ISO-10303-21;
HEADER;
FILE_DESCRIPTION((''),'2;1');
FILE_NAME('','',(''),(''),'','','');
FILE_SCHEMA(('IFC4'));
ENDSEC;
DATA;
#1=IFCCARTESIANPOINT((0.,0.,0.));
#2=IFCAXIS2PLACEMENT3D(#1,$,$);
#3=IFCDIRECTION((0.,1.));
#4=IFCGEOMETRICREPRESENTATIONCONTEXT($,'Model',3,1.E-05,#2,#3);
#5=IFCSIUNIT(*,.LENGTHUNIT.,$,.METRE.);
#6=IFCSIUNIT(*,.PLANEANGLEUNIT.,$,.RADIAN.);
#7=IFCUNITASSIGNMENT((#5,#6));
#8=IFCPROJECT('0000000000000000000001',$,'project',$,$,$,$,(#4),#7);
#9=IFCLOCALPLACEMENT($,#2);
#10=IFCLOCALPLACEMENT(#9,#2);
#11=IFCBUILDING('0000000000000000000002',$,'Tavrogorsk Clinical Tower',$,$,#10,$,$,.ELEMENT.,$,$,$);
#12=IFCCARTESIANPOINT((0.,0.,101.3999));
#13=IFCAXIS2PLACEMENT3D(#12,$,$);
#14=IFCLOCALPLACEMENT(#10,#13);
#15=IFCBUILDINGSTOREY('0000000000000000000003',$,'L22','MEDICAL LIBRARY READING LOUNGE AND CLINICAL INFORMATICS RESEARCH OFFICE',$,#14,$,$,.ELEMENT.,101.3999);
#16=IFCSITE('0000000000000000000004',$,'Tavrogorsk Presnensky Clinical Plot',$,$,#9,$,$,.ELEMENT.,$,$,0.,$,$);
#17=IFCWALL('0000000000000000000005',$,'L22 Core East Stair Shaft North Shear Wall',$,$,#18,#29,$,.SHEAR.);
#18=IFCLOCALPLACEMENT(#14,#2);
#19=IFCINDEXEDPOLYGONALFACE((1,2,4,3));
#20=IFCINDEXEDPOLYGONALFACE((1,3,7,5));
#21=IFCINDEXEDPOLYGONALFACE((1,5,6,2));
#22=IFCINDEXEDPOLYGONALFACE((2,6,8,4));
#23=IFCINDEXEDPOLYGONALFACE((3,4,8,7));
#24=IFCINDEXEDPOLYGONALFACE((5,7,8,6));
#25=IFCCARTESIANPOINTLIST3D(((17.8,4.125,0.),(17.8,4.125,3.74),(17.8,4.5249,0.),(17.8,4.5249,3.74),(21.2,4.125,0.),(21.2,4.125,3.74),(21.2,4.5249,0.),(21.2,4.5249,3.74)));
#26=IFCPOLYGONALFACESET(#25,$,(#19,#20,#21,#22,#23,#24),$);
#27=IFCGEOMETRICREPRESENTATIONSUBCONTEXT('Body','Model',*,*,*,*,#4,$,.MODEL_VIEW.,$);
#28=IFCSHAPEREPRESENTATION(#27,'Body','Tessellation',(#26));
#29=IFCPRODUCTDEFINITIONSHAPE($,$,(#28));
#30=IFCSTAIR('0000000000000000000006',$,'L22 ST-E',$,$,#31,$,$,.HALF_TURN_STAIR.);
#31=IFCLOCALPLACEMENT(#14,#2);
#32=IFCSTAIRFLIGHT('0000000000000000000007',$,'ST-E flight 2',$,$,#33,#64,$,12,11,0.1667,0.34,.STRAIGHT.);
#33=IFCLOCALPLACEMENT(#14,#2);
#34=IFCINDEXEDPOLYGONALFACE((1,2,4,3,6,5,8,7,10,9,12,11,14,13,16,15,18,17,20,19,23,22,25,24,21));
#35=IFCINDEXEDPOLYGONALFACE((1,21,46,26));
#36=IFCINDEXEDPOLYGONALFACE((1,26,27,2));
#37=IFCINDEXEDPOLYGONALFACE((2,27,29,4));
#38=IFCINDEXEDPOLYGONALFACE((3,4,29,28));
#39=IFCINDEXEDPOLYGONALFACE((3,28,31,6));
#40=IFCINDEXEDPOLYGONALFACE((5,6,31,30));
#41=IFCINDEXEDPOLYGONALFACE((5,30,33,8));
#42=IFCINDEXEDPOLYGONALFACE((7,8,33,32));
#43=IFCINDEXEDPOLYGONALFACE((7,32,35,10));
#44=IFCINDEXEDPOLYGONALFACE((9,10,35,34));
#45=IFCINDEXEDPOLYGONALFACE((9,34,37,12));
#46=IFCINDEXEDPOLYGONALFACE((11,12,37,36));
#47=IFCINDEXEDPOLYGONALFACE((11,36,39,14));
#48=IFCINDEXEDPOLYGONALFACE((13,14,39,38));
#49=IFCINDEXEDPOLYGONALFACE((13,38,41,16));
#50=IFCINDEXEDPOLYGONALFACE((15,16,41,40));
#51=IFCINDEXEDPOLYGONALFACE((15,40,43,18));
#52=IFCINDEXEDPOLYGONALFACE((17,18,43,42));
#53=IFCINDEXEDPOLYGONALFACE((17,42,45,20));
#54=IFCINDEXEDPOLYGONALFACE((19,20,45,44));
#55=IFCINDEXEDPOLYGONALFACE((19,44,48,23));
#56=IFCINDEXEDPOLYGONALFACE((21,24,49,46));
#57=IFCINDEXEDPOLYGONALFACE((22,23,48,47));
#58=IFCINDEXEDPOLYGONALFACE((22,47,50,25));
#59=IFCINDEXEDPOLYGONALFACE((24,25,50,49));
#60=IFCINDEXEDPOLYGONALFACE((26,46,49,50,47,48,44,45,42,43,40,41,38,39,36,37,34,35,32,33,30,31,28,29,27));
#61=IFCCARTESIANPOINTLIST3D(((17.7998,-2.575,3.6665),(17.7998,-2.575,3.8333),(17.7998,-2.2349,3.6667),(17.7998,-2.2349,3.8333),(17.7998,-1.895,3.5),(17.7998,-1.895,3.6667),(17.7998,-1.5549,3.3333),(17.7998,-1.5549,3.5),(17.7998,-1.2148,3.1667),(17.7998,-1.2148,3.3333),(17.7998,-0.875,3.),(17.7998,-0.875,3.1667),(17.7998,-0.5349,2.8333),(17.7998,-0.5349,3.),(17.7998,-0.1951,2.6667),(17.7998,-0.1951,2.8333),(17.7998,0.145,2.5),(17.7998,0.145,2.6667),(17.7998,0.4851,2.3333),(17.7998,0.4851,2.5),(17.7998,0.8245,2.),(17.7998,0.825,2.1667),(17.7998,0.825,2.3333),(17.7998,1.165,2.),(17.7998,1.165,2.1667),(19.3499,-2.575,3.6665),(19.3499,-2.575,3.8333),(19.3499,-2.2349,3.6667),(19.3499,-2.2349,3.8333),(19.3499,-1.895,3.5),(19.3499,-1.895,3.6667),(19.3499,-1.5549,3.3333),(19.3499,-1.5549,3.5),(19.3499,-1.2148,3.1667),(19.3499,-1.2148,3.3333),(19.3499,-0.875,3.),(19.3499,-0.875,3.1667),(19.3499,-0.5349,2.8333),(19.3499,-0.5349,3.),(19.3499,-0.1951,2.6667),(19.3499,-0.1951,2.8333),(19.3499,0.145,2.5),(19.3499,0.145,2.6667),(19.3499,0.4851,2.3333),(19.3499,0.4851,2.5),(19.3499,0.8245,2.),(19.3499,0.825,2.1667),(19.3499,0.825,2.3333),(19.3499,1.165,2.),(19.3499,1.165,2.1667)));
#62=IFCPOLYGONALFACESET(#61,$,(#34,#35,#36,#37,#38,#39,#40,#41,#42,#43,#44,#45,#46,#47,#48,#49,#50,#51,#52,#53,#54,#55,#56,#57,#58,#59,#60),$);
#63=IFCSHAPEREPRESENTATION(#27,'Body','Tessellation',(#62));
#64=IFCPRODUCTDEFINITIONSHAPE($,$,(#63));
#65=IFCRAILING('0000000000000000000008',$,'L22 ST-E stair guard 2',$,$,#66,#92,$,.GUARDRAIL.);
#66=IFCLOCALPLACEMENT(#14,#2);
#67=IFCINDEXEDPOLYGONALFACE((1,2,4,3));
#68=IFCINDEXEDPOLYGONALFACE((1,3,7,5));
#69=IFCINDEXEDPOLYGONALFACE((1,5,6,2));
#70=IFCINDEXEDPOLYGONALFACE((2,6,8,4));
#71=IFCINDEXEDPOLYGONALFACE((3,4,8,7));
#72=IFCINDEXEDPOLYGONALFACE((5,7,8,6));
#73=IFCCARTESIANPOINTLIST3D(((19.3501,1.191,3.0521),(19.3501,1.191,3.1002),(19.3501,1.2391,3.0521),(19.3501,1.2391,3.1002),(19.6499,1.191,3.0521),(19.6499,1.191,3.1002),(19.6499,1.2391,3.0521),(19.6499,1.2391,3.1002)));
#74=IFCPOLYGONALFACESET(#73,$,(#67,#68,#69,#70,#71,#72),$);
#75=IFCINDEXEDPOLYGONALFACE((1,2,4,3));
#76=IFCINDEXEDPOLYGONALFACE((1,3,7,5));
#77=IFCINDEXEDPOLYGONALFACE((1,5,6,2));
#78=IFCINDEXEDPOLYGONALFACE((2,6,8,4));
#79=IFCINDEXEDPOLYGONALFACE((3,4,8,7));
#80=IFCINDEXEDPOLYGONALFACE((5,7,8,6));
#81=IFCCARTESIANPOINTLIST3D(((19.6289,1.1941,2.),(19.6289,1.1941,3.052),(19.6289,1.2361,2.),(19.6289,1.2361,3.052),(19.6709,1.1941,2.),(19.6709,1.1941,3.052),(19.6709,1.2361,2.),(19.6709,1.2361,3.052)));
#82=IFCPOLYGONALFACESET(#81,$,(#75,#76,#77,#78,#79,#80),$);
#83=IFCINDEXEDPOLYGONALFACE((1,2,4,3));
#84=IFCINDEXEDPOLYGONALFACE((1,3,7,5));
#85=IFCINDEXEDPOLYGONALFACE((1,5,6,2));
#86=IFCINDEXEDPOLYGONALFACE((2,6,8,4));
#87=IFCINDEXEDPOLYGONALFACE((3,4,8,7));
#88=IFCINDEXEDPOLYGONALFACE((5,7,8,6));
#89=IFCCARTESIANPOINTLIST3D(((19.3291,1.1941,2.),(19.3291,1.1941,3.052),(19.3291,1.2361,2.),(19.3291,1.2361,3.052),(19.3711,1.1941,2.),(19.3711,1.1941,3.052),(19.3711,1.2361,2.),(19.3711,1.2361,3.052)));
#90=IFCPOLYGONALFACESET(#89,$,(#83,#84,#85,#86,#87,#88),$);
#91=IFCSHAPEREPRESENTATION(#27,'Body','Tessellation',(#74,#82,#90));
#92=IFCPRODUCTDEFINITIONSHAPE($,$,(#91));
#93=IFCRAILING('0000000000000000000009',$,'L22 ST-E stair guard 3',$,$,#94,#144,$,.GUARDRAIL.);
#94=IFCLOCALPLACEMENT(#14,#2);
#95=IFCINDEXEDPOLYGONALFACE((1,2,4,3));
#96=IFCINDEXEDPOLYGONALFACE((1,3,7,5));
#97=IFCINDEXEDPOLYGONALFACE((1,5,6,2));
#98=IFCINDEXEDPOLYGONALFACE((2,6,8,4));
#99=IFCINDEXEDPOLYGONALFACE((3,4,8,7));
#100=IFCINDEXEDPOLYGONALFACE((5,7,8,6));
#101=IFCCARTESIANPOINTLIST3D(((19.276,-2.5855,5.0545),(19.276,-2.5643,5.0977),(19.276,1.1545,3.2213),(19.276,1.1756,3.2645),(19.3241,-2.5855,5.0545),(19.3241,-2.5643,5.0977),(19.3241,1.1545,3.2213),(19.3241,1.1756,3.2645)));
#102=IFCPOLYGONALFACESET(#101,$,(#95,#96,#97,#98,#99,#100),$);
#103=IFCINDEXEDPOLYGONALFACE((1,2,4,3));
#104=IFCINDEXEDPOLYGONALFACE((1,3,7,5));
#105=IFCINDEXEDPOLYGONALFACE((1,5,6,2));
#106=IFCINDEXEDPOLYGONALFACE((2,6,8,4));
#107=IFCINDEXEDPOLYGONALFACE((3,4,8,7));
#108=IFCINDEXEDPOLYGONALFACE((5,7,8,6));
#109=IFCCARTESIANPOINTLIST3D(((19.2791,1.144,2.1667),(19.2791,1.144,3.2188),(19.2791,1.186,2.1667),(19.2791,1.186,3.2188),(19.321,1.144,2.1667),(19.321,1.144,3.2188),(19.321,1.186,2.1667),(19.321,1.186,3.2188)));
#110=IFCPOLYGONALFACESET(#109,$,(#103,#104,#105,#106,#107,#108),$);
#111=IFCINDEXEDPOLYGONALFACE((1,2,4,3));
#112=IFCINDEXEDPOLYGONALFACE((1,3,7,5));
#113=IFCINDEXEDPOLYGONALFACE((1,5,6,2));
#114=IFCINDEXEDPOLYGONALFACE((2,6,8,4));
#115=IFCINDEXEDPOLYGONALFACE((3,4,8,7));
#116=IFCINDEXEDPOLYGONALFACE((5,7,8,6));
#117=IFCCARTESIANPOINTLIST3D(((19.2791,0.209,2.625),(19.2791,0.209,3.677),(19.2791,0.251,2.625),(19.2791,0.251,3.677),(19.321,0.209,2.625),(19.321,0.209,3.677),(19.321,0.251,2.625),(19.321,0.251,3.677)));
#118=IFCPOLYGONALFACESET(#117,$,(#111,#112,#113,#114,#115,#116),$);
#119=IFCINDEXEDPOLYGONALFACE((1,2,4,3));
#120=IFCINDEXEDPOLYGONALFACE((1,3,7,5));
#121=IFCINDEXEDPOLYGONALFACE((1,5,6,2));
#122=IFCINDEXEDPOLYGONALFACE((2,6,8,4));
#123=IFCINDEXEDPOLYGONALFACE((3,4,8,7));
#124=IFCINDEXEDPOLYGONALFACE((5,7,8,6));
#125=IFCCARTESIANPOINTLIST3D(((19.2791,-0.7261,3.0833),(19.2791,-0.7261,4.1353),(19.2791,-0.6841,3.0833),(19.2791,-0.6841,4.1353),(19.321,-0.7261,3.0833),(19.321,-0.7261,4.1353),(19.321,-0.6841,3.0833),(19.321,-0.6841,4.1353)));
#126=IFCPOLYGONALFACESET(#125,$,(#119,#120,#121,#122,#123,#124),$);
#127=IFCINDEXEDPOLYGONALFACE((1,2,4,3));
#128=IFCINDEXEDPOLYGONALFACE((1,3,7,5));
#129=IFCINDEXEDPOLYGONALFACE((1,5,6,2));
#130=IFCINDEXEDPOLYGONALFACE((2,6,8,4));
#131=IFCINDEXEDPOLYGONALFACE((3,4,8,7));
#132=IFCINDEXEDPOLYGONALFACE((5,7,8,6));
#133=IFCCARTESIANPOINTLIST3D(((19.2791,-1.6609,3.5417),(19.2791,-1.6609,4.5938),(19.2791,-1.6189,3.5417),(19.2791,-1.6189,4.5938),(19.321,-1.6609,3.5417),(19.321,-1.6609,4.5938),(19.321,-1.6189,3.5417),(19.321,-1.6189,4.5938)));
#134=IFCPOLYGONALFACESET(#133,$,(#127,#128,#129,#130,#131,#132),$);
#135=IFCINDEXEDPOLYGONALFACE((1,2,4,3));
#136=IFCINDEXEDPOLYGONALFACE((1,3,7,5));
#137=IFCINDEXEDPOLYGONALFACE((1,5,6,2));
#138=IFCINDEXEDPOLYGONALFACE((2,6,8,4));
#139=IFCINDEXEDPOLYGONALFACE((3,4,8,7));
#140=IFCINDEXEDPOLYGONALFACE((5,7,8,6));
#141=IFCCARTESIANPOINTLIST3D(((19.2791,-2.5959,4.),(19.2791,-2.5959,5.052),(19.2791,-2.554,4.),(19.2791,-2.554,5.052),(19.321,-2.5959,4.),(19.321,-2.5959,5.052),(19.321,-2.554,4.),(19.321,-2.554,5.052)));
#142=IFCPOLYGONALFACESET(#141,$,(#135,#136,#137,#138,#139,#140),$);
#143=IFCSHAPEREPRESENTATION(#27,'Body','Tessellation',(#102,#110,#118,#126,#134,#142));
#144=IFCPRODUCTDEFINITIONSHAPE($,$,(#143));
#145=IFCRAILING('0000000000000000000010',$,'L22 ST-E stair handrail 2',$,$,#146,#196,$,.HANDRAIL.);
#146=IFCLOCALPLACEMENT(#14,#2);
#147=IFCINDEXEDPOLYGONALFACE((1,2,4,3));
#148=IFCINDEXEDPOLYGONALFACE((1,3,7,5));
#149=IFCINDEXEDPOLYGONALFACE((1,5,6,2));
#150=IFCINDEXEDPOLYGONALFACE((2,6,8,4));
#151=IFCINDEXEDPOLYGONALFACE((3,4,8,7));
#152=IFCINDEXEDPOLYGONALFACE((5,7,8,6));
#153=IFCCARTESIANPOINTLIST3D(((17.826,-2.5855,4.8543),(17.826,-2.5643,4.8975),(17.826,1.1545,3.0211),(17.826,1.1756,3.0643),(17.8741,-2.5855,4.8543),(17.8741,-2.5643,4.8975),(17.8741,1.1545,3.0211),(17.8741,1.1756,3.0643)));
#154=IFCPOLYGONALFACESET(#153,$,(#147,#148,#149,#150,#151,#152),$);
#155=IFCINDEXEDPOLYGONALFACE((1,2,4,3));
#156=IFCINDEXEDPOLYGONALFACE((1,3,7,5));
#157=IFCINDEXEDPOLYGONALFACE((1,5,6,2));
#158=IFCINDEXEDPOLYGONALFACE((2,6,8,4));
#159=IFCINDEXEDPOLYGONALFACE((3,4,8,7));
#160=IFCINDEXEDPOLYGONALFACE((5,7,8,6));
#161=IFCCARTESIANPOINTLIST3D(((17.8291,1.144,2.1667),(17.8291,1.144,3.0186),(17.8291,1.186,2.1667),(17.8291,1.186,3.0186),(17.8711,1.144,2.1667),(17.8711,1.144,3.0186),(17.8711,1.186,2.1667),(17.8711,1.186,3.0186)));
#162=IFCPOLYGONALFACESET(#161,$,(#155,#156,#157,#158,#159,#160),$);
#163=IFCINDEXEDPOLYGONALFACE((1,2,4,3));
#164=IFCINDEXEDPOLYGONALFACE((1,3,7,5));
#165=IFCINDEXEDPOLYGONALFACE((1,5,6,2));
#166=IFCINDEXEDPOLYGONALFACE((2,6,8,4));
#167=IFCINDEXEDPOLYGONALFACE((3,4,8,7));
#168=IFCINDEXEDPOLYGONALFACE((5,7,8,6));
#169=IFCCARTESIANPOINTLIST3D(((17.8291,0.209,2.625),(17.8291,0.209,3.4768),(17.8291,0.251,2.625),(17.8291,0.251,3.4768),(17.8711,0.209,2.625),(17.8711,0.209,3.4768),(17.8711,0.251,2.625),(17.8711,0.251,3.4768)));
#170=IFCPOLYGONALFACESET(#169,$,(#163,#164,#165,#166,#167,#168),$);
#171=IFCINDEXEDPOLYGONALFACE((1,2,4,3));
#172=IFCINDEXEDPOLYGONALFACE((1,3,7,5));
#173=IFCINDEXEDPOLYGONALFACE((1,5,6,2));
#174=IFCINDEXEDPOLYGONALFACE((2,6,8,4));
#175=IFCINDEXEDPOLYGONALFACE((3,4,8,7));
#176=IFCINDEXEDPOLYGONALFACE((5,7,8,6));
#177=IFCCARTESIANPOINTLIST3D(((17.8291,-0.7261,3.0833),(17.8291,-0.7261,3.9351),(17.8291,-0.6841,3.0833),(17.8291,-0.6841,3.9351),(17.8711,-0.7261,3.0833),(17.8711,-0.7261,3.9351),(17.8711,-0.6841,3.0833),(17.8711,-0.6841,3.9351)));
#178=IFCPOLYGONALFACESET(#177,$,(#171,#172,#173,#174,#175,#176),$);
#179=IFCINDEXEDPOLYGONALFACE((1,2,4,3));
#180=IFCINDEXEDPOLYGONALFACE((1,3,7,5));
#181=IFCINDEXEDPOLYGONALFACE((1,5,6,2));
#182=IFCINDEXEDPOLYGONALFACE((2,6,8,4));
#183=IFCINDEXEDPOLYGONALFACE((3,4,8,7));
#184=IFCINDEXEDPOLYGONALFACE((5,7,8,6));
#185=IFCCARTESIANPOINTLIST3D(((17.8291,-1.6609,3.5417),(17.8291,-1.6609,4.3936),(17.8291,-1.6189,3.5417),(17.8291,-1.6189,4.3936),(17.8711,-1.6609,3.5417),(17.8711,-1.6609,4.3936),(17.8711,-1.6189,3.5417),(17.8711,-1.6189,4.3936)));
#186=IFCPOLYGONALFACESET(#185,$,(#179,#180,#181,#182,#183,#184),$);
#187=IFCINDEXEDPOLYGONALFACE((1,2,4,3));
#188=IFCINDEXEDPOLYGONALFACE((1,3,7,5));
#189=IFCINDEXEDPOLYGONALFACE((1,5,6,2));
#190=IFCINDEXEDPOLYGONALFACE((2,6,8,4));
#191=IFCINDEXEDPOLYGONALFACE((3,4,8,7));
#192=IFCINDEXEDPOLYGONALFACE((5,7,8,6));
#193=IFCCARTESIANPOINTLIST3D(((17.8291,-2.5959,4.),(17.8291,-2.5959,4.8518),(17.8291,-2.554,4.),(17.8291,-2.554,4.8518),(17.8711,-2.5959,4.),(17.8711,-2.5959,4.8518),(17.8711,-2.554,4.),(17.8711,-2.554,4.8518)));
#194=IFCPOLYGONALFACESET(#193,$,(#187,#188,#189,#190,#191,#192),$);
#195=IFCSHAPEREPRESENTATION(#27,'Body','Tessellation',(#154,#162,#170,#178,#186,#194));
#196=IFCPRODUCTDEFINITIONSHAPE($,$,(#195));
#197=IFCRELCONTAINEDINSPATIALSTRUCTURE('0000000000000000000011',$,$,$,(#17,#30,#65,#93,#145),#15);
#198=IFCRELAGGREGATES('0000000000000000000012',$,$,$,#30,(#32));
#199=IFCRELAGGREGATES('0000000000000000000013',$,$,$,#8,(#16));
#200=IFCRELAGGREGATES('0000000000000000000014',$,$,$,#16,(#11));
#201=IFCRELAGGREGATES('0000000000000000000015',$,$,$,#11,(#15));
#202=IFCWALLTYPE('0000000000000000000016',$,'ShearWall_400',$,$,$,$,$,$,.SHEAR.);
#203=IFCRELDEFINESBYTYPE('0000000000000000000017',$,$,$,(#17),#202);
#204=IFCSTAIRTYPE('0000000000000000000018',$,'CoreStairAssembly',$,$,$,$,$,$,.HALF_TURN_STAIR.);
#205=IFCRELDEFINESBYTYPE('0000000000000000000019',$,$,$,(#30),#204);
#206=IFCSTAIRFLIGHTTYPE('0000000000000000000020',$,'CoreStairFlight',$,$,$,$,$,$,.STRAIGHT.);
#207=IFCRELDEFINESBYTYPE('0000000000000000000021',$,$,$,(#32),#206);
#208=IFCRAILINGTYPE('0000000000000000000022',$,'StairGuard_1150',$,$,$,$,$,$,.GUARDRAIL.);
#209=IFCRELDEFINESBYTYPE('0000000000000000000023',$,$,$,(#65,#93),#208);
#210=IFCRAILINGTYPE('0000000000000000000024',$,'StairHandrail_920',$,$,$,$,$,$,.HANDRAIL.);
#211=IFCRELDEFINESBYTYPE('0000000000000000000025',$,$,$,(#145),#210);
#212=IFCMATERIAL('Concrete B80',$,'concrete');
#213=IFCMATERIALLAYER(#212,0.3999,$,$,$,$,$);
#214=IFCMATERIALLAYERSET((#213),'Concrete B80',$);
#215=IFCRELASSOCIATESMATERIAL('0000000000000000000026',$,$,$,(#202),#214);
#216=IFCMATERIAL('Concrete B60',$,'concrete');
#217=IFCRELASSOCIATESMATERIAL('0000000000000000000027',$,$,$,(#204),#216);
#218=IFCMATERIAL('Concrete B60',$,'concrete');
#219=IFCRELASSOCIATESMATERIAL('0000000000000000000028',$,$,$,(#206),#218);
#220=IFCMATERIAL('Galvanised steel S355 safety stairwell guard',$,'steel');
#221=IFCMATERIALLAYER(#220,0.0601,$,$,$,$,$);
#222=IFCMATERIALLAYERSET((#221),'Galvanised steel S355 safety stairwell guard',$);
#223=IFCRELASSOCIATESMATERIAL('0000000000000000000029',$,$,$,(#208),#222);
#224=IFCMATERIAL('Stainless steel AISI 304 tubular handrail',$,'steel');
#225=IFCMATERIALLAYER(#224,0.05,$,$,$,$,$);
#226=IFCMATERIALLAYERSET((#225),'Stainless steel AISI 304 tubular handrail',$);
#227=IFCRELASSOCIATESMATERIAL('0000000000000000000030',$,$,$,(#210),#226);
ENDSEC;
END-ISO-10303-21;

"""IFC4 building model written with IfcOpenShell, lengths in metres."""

from ifc_helpers import new_model, si_unit, direction, frame, frame_2d, origin, origin_2d, place, context, subcontext, project, spatial, polyline, rectangle, outline, extrude, material, layer, layer_set, type_object, element, aggregate, save


model = new_model("IFC4")

# Units and contexts
model_context = context("Model", 3, precision=1e-05, world=origin(), true_north=direction((0.0, 1.0)))
body_context = subcontext(model_context, "Body", "Model", "MODEL_VIEW")
ifc_project = project(units=[si_unit("LENGTHUNIT", "METRE"), si_unit("PLANEANGLEUNIT", "RADIAN")], contexts=[model_context])

# Site, building, storey
site_placement = place(None, origin())
site = spatial("IfcSite", under=ifc_project, at=site_placement, Name="Tavrogorsk Presnensky Clinical Plot", CompositionType="ELEMENT", RefElevation=0.0)
building_placement = place(site_placement, origin())
building = spatial("IfcBuilding", under=site, at=building_placement, Name="Tavrogorsk Clinical Tower", CompositionType="ELEMENT")
storey_placement = place(building_placement, frame((0.0, 0.0, 101.3999)))
storey = spatial("IfcBuildingStorey", under=building, at=storey_placement, Name="L22", Description="MEDICAL LIBRARY READING LOUNGE AND CLINICAL INFORMATICS RESEARCH OFFICE", CompositionType="ELEMENT", Elevation=101.3999)

# Wall
ifc_material_1 = material(Name="Concrete B80", Category="concrete")
ifc_layer_1 = layer(ifc_material_1, 0.3999)
ifc_layer_set_1 = layer_set([ifc_layer_1], Name="Concrete B80")
wall_type_1 = type_object("IfcWallType", Name="ShearWall_400", PredefinedType="SHEAR", material=ifc_layer_set_1)
wall_1_placement = place(storey_placement, frame((17.8, 4.325, 0.0), z_axis=(0.0, 0.0, 1.0), x_axis=(1.0, 0.0, 0.0)))
element("IfcWall", 1, at=wall_1_placement, inside=storey, type_object=wall_type_1, Name="L22 Core East Stair Shaft North Shear Wall", PredefinedType="SHEAR", context=body_context, shape_type="SweptSolid", body=[
    extrude(rectangle(XDim=3.3999, YDim=0.3999, at=frame_2d((1.7, 0.0))), origin(), (0.0, 0.0, 1.0), 3.74),
])

# Stair, stair flight
ifc_material_2 = material(Name="Concrete B60", Category="concrete")
stair_type = type_object("IfcStairType", Name="CoreStairAssembly", PredefinedType="HALF_TURN_STAIR", material=ifc_material_2)
stair_placement = place(storey_placement, origin())
stair = element("IfcStair", 2, at=stair_placement, inside=storey, type_object=stair_type, Name="L22 ST-E", PredefinedType="HALF_TURN_STAIR")
ifc_material_3 = material(Name="Concrete B60", Category="concrete")
stair_flight_type = type_object("IfcStairFlightType", Name="CoreStairFlight", PredefinedType="STRAIGHT", material=ifc_material_3)
stair_flight_placement = place(storey_placement, frame((18.575, 1.165, 2.0), z_axis=(0.0, 0.0, 1.0), x_axis=(0.0, -1.0, 0.0)))
stair_flight = element("IfcStairFlight", 3, at=stair_flight_placement, type_object=stair_flight_type, Name="ST-E flight 2", NumberOfRisers=12, NumberOfTreads=11, PredefinedType="STRAIGHT", RiserHeight=0.1667, TreadLength=0.34, context=body_context, shape_type="SweptSolid", body=[
    extrude(outline(polyline([(0.0, 0.0), (0.0, 0.1667), (0.3401, 0.1667), (0.3401, 0.3333), (0.6799, 0.3333), (0.6799, 0.5), (1.02, 0.5), (1.02, 0.6667), (1.3601, 0.6667), (1.3601, 0.8333), (1.7, 0.8333), (1.7, 1.0), (2.04, 1.0), (2.04, 1.1667), (2.3799, 1.1667), (2.3799, 1.3333), (2.72, 1.3333), (2.72, 1.5), (3.0601, 1.5), (3.0601, 1.6667), (3.3999, 1.6667), (3.3999, 1.8333), (3.74, 1.8333), (3.74, 2.0), (3.74, 1.6665), (0.3406, 0.0), (0.0, 0.0)])), frame((0.0, 0.7749, 0.0), z_axis=(0.0, -1.0, 0.0), x_axis=(1.0, 0.0, 0.0)), (0.0, 0.0, 1.0), 1.55),
])
aggregate(stair, [stair_flight])

# Railings
ifc_material_4 = material(Name="Galvanised steel S355 safety stairwell guard", Category="steel")
ifc_layer_2 = layer(ifc_material_4, 0.0601)
ifc_layer_set_2 = layer_set([ifc_layer_2], Name="Galvanised steel S355 safety stairwell guard")
railing_type_1 = type_object("IfcRailingType", Name="StairGuard_1150", PredefinedType="GUARDRAIL", material=ifc_layer_set_2)
railing_1_placement = place(storey_placement, frame((19.6499, 1.2151, 2.0)))
element("IfcRailing", 4, at=railing_1_placement, inside=storey, type_object=railing_type_1, Name="L22 ST-E stair guard 2", PredefinedType="GUARDRAIL", context=body_context, shape_type="SweptSolid", body=[
    extrude(rectangle(XDim=0.0481, YDim=0.0481, at=origin_2d()), frame((0.0, 0.0, 1.0762), z_axis=(-1.0, 0.0, 0.0), x_axis=(0.0, -1.0, 0.0)), (0.0, 0.0, 1.0), 0.2998),
    extrude(rectangle(XDim=0.042, YDim=0.042, at=origin_2d()), origin(), (0.0, 0.0, 1.0), 1.052),
    extrude(rectangle(XDim=0.042, YDim=0.042, at=origin_2d()), frame((-0.2998, 0.0, 0.0)), (0.0, 0.0, 1.0), 1.052),
])
railing_2_placement = place(storey_placement, frame((19.3, 1.165, 2.1667)))
element("IfcRailing", 5, at=railing_2_placement, inside=storey, type_object=railing_type_1, Name="L22 ST-E stair guard 3", PredefinedType="GUARDRAIL", context=body_context, shape_type="SweptSolid", body=[
    extrude(rectangle(XDim=0.0481, YDim=0.0481, at=origin_2d()), frame((0.0, 0.0, 1.0762), z_axis=(0.0, -0.897928, 0.440142), x_axis=(1.0, 0.0, 0.0)), (0.0, 0.0, 1.0), 4.165),
    extrude(rectangle(XDim=0.042, YDim=0.042, at=origin_2d()), origin(), (0.0, 0.0, 1.0), 1.052),
    extrude(rectangle(XDim=0.042, YDim=0.042, at=origin_2d()), frame((0.0, -0.9351, 0.4583)), (0.0, 0.0, 1.0), 1.052),
    extrude(rectangle(XDim=0.042, YDim=0.042, at=origin_2d()), frame((0.0, -1.8701, 0.9165)), (0.0, 0.0, 1.0), 1.052),
    extrude(rectangle(XDim=0.042, YDim=0.042, at=origin_2d()), frame((0.0, -2.8049, 1.375)), (0.0, 0.0, 1.0), 1.052),
    extrude(rectangle(XDim=0.042, YDim=0.042, at=origin_2d()), frame((0.0, -3.74, 1.8333)), (0.0, 0.0, 1.0), 1.052),
])
ifc_material_5 = material(Name="Stainless steel AISI 304 tubular handrail", Category="steel")
ifc_layer_3 = layer(ifc_material_5, 0.05)
ifc_layer_set_3 = layer_set([ifc_layer_3], Name="Stainless steel AISI 304 tubular handrail")
railing_type_2 = type_object("IfcRailingType", Name="StairHandrail_920", PredefinedType="HANDRAIL", material=ifc_layer_set_3)
railing_3_placement = place(storey_placement, frame((17.8501, 1.165, 2.1667)))
element("IfcRailing", 6, at=railing_3_placement, inside=storey, type_object=railing_type_2, Name="L22 ST-E stair handrail 2", PredefinedType="HANDRAIL", context=body_context, shape_type="SweptSolid", body=[
    extrude(rectangle(XDim=0.0481, YDim=0.0481, at=origin_2d()), frame((0.0, 0.0, 0.876), z_axis=(0.0, -0.897928, 0.440142), x_axis=(1.0, 0.0, 0.0)), (0.0, 0.0, 1.0), 4.165),
    extrude(rectangle(XDim=0.042, YDim=0.042, at=origin_2d()), origin(), (0.0, 0.0, 1.0), 0.8518),
    extrude(rectangle(XDim=0.042, YDim=0.042, at=origin_2d()), frame((0.0, -0.9351, 0.4583)), (0.0, 0.0, 1.0), 0.8518),
    extrude(rectangle(XDim=0.042, YDim=0.042, at=origin_2d()), frame((0.0, -1.8701, 0.9165)), (0.0, 0.0, 1.0), 0.8518),
    extrude(rectangle(XDim=0.042, YDim=0.042, at=origin_2d()), frame((0.0, -2.8049, 1.375)), (0.0, 0.0, 1.0), 0.8518),
    extrude(rectangle(XDim=0.042, YDim=0.042, at=origin_2d()), frame((0.0, -3.74, 1.8333)), (0.0, 0.0, 1.0), 0.8518),
])

save(model, "model.ifc")
